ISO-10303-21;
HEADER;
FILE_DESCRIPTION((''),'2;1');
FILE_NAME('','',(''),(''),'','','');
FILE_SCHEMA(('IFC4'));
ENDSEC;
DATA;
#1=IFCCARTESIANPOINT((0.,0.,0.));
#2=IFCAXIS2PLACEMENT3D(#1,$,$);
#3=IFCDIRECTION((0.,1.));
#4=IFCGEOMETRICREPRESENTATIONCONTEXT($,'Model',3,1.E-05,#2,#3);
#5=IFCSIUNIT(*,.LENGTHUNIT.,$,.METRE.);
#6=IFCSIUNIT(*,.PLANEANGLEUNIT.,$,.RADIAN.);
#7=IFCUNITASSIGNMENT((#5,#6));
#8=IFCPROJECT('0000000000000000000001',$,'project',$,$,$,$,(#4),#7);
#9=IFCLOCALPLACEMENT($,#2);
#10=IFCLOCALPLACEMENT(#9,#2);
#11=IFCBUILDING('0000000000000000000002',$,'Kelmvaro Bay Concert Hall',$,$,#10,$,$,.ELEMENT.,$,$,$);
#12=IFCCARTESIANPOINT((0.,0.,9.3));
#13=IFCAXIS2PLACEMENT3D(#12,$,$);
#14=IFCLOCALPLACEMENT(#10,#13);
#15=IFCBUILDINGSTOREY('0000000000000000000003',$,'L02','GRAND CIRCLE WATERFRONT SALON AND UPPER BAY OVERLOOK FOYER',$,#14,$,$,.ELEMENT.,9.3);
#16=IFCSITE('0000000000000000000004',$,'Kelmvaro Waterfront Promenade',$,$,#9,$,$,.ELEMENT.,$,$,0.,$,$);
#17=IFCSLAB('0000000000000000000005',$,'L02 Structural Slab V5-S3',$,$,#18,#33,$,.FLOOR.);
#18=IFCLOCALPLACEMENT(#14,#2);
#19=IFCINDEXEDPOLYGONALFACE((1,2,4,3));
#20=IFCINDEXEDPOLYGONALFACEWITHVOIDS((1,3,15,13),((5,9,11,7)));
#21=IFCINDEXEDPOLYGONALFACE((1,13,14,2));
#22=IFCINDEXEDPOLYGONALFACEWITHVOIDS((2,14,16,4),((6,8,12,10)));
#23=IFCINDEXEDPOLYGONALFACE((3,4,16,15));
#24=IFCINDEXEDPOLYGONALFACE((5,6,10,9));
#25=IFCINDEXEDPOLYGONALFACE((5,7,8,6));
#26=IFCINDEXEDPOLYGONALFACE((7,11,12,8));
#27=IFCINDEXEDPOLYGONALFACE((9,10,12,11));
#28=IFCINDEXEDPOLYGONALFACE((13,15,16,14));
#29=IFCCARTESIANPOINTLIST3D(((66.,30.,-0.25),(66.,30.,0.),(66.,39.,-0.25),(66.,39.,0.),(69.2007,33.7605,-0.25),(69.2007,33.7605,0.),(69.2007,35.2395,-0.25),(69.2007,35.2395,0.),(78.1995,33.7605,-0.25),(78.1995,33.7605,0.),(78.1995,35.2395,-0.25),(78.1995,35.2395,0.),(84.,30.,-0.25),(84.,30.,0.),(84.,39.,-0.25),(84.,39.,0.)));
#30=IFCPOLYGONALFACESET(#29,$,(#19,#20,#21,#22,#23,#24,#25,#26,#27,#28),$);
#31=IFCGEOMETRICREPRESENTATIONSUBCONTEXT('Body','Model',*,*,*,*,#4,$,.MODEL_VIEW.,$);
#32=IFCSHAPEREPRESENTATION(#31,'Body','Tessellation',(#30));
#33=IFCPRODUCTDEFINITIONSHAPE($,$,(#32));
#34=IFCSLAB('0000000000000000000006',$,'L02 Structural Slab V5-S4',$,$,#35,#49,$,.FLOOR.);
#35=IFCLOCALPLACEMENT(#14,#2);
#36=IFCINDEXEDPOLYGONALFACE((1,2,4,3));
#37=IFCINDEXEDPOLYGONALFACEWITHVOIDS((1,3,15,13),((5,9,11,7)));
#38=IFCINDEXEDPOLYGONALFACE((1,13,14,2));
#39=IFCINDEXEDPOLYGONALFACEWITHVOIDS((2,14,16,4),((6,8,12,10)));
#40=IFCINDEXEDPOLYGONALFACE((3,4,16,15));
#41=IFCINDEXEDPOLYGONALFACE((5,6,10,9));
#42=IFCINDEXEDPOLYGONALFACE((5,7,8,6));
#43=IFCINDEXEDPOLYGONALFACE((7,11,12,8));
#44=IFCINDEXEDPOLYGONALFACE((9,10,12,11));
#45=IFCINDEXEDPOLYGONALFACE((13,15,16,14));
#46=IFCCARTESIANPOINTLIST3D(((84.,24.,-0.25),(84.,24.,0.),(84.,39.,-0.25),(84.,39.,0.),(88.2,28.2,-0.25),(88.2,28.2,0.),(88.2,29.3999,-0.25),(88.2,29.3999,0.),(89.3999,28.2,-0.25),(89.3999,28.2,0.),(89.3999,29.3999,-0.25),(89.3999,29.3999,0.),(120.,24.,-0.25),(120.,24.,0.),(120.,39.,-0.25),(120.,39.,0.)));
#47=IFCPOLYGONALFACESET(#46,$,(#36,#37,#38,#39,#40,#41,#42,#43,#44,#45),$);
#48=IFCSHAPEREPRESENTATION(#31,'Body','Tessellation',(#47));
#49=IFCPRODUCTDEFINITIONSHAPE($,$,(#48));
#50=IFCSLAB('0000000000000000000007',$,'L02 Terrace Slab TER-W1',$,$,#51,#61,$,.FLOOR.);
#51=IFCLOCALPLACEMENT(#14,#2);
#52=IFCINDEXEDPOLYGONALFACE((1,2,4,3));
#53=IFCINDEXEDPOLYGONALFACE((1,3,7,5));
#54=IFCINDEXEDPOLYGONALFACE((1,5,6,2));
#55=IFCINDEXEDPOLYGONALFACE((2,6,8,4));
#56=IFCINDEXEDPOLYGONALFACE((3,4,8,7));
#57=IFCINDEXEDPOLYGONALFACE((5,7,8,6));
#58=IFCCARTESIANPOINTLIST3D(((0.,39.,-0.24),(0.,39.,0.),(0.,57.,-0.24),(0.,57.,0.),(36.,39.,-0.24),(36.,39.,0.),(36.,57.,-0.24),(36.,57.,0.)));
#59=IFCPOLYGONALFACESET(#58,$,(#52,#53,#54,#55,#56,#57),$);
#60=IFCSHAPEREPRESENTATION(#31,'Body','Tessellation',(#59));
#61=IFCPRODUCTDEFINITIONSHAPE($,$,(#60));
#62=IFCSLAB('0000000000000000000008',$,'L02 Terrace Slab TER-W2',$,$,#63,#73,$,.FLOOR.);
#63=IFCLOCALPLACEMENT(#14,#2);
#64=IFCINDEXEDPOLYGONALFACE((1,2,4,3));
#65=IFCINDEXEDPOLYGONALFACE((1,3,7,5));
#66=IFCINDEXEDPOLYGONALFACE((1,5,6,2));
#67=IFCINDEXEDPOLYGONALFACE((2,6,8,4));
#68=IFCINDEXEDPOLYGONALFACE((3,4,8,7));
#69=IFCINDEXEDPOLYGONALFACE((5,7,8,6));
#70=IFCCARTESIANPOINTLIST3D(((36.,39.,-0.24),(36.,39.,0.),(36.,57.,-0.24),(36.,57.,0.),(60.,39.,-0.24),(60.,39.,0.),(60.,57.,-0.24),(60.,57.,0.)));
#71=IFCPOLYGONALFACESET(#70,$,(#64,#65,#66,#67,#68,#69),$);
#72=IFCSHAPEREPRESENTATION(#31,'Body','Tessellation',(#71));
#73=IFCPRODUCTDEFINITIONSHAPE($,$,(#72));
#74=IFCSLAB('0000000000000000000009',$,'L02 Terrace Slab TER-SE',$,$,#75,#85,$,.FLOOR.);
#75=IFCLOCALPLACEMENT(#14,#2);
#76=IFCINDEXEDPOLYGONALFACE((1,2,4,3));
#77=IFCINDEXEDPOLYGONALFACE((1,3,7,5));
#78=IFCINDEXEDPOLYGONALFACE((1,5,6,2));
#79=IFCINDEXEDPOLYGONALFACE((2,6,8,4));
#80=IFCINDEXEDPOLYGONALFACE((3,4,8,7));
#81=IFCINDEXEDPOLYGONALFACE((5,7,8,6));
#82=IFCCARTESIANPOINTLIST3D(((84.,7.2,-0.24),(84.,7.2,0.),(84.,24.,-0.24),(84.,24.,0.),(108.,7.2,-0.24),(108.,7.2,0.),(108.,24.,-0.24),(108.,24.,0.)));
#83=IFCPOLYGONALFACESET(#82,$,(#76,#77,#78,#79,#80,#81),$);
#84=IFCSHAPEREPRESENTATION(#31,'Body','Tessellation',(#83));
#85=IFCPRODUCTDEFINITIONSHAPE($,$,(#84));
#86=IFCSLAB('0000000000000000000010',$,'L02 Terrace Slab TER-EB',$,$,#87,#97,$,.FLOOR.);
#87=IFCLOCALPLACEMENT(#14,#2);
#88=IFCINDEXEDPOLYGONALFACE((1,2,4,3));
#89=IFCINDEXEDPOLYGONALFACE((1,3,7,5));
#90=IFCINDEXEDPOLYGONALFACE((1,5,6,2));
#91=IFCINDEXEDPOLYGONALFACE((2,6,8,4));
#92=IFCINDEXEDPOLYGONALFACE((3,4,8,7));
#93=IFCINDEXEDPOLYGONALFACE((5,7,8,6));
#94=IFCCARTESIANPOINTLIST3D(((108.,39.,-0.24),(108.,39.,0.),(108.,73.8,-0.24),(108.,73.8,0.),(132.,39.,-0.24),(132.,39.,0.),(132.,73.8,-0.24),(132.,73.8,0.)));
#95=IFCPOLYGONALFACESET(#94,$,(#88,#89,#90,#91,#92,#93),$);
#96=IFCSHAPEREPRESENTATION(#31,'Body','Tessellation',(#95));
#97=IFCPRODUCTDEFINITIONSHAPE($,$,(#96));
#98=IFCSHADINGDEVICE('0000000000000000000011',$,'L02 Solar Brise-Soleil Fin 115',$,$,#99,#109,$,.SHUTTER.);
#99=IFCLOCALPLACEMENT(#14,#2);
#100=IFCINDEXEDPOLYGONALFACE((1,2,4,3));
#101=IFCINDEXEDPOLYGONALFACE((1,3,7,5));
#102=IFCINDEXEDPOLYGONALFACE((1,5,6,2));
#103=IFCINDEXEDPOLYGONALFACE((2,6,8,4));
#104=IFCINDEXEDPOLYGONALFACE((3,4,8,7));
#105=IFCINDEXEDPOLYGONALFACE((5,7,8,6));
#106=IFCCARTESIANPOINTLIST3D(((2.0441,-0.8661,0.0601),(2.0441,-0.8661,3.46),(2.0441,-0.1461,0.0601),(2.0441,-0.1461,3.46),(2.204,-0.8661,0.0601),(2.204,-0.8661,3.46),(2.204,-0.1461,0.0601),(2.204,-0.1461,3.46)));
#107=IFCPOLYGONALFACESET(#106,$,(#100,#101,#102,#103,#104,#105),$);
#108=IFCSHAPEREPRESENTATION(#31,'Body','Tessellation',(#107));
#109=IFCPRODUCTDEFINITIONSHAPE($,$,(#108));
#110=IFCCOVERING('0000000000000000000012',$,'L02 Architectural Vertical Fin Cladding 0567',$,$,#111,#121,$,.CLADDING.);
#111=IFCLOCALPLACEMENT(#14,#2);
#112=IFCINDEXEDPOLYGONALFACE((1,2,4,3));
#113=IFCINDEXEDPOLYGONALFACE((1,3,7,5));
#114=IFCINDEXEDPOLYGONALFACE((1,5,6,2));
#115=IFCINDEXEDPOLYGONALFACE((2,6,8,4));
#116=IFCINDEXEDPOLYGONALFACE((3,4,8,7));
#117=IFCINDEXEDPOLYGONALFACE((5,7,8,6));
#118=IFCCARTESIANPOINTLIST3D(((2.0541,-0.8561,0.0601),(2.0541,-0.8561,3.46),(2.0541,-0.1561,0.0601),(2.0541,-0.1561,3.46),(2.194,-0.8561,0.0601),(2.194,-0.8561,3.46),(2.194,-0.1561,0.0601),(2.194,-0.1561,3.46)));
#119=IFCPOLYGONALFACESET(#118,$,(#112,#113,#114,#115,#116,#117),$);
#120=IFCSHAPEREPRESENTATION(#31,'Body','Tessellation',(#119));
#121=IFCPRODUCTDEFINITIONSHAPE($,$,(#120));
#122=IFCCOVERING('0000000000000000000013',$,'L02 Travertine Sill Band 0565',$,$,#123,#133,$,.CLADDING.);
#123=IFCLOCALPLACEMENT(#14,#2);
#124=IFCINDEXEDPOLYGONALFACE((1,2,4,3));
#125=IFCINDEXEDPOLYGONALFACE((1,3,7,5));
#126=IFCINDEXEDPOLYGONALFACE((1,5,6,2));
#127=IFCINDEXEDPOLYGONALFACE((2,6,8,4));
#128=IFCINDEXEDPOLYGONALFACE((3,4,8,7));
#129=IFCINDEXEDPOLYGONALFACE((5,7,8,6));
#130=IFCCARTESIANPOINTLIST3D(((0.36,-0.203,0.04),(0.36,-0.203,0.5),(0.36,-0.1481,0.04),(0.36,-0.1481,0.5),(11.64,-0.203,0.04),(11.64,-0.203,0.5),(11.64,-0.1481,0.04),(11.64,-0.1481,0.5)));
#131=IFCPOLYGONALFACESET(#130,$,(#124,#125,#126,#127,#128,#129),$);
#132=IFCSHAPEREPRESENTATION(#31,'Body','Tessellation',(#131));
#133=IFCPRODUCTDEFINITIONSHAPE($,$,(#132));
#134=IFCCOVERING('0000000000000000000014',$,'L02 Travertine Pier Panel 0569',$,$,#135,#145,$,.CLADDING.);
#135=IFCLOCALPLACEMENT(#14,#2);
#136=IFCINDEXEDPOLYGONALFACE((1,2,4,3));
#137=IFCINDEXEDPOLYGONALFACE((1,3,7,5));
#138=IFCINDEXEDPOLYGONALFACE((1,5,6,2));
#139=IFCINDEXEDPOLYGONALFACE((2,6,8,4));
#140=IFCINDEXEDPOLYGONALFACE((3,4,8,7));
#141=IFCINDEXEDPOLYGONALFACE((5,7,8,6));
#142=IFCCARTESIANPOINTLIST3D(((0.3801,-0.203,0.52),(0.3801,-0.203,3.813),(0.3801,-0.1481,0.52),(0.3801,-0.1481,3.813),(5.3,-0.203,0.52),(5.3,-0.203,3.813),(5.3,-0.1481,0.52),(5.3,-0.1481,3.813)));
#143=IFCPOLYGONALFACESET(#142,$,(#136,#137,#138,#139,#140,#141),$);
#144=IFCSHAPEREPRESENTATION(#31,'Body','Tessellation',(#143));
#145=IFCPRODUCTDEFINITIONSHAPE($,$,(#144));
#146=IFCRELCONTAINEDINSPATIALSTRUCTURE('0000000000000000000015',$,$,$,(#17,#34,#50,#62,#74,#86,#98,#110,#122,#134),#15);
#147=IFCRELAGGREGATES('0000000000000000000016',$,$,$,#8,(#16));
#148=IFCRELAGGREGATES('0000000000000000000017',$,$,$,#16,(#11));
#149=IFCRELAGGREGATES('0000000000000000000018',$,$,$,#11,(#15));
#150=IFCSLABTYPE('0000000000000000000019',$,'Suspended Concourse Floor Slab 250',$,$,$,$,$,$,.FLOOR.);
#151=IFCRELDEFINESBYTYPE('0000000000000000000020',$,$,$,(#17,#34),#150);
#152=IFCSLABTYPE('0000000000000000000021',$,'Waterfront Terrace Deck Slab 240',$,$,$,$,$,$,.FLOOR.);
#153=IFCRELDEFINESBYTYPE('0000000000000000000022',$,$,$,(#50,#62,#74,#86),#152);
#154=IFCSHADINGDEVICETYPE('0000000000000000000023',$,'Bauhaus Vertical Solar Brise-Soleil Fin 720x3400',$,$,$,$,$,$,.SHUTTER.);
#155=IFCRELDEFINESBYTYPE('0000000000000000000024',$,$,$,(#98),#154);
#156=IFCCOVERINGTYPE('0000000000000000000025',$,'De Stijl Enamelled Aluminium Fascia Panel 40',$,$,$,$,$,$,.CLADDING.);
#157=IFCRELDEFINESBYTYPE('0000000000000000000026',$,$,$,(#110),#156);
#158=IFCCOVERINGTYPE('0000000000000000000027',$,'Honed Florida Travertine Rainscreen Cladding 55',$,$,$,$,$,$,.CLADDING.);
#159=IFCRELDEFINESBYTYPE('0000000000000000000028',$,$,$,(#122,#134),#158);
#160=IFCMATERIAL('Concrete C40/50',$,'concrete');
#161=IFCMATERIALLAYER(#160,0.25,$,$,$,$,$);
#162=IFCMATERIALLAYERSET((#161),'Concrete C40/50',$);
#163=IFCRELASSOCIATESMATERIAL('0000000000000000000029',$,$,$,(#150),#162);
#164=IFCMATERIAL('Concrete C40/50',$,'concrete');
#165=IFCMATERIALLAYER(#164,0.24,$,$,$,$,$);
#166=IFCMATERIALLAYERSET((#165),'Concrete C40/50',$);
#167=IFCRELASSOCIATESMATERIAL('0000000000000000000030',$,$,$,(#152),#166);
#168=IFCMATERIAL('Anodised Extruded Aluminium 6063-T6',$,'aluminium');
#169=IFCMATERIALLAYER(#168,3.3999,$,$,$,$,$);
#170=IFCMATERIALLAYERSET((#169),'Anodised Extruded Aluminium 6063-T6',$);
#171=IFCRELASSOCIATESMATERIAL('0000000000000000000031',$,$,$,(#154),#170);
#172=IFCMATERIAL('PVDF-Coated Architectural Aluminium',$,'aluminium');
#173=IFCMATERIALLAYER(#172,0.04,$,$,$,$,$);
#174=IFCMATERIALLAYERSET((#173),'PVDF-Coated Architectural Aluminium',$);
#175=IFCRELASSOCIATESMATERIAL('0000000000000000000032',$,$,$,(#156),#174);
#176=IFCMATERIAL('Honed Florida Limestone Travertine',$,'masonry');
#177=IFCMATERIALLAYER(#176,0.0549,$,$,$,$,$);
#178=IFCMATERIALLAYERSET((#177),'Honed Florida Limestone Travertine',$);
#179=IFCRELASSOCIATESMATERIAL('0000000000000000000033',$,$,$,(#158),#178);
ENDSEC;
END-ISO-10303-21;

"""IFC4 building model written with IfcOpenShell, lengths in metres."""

from ifc_helpers import new_model, si_unit, direction, frame, origin, origin_2d, place, context, subcontext, project, spatial, polyline, rectangle, outline, extrude, material, layer, layer_set, type_object, element, save


model = new_model("IFC4")

# Units and contexts
model_context = context("Model", 3, precision=1e-05, world=origin(), true_north=direction((0.0, 1.0)))
body_context = subcontext(model_context, "Body", "Model", "MODEL_VIEW")
ifc_project = project(units=[si_unit("LENGTHUNIT", "METRE"), si_unit("PLANEANGLEUNIT", "RADIAN")], contexts=[model_context])

# Site, building, storey
site_placement = place(None, origin())
site = spatial("IfcSite", under=ifc_project, at=site_placement, Name="Kelmvaro Waterfront Promenade", CompositionType="ELEMENT", RefElevation=0.0)
building_placement = place(site_placement, origin())
building = spatial("IfcBuilding", under=site, at=building_placement, Name="Kelmvaro Bay Concert Hall", CompositionType="ELEMENT")
storey_placement = place(building_placement, frame((0.0, 0.0, 9.3)))
storey = spatial("IfcBuildingStorey", under=building, at=storey_placement, Name="L02", Description="GRAND CIRCLE WATERFRONT SALON AND UPPER BAY OVERLOOK FOYER", CompositionType="ELEMENT", Elevation=9.3)

# Slabs
ifc_material_1 = material(Name="Concrete C40/50", Category="concrete")
ifc_layer_1 = layer(ifc_material_1, 0.25)
ifc_layer_set_1 = layer_set([ifc_layer_1], Name="Concrete C40/50")
slab_type_1 = type_object("IfcSlabType", Name="Suspended Concourse Floor Slab 250", PredefinedType="FLOOR", material=ifc_layer_set_1)
slab_1_placement = place(storey_placement, frame((0.0, 0.0, -0.25)))
element("IfcSlab", 1, at=slab_1_placement, inside=storey, type_object=slab_type_1, Name="L02 Structural Slab V5-S3", PredefinedType="FLOOR", context=body_context, shape_type="SweptSolid", body=[
    extrude(outline(polyline([(66.0, 30.0), (84.0, 30.0), (84.0, 39.0), (66.0, 39.0), (66.0, 30.0)]), holes=[polyline([(69.2007, 33.7605), (78.1995, 33.7605), (78.1995, 35.2395), (69.2007, 35.2395), (69.2007, 33.7605)])]), origin(), (0.0, 0.0, 1.0), 0.25),
])
slab_2_placement = place(storey_placement, frame((0.0, 0.0, -0.25)))
element("IfcSlab", 2, at=slab_2_placement, inside=storey, type_object=slab_type_1, Name="L02 Structural Slab V5-S4", PredefinedType="FLOOR", context=body_context, shape_type="SweptSolid", body=[
    extrude(outline(polyline([(84.0, 24.0), (120.0, 24.0), (120.0, 39.0), (84.0, 39.0), (84.0, 24.0)]), holes=[polyline([(88.2, 28.2), (89.3999, 28.2), (89.3999, 29.3999), (88.2, 29.3999), (88.2, 28.2)])]), origin(), (0.0, 0.0, 1.0), 0.25),
])
ifc_material_2 = material(Name="Concrete C40/50", Category="concrete")
ifc_layer_2 = layer(ifc_material_2, 0.24)
ifc_layer_set_2 = layer_set([ifc_layer_2], Name="Concrete C40/50")
slab_type_2 = type_object("IfcSlabType", Name="Waterfront Terrace Deck Slab 240", PredefinedType="FLOOR", material=ifc_layer_set_2)
slab_3_placement = place(storey_placement, frame((0.0, 0.0, -0.24)))
element("IfcSlab", 3, at=slab_3_placement, inside=storey, type_object=slab_type_2, Name="L02 Terrace Slab TER-W1", PredefinedType="FLOOR", context=body_context, shape_type="SweptSolid", body=[
    extrude(outline(polyline([(0.0, 39.0), (36.0, 39.0), (36.0, 57.0), (0.0, 57.0), (0.0, 39.0)])), origin(), (0.0, 0.0, 1.0), 0.24),
])
slab_4_placement = place(storey_placement, frame((0.0, 0.0, -0.24)))
element("IfcSlab", 4, at=slab_4_placement, inside=storey, type_object=slab_type_2, Name="L02 Terrace Slab TER-W2", PredefinedType="FLOOR", context=body_context, shape_type="SweptSolid", body=[
    extrude(outline(polyline([(36.0, 39.0), (60.0, 39.0), (60.0, 57.0), (36.0, 57.0), (36.0, 39.0)])), origin(), (0.0, 0.0, 1.0), 0.24),
])
slab_5_placement = place(storey_placement, frame((0.0, 0.0, -0.24)))
element("IfcSlab", 5, at=slab_5_placement, inside=storey, type_object=slab_type_2, Name="L02 Terrace Slab TER-SE", PredefinedType="FLOOR", context=body_context, shape_type="SweptSolid", body=[
    extrude(outline(polyline([(84.0, 7.2), (108.0, 7.2), (108.0, 24.0), (84.0, 24.0), (84.0, 7.2)])), origin(), (0.0, 0.0, 1.0), 0.24),
])
slab_6_placement = place(storey_placement, frame((0.0, 0.0, -0.24)))
element("IfcSlab", 6, at=slab_6_placement, inside=storey, type_object=slab_type_2, Name="L02 Terrace Slab TER-EB", PredefinedType="FLOOR", context=body_context, shape_type="SweptSolid", body=[
    extrude(outline(polyline([(108.0, 39.0), (132.0, 39.0), (132.0, 73.8), (108.0, 73.8), (108.0, 39.0)])), origin(), (0.0, 0.0, 1.0), 0.24),
])

# Shading device
ifc_material_3 = material(Name="Anodised Extruded Aluminium 6063-T6", Category="aluminium")
ifc_layer_3 = layer(ifc_material_3, 3.3999)
ifc_layer_set_3 = layer_set([ifc_layer_3], Name="Anodised Extruded Aluminium 6063-T6")
shading_device_type = type_object("IfcShadingDeviceType", Name="Bauhaus Vertical Solar Brise-Soleil Fin 720x3400", PredefinedType="SHUTTER", material=ifc_layer_set_3)
shading_device_placement = place(storey_placement, frame((2.124, -0.5061, 0.0601), z_axis=(0.0, 0.0, 1.0), x_axis=(-1.0, 0.0, 0.0)))
element("IfcShadingDevice", 7, at=shading_device_placement, inside=storey, type_object=shading_device_type, Name="L02 Solar Brise-Soleil Fin 115", PredefinedType="SHUTTER", context=body_context, shape_type="SweptSolid", body=[
    extrude(rectangle(XDim=0.1599, YDim=0.72, at=origin_2d()), origin(), (0.0, 0.0, 1.0), 3.3999),
])

# Coverings
ifc_material_4 = material(Name="PVDF-Coated Architectural Aluminium", Category="aluminium")
ifc_layer_4 = layer(ifc_material_4, 0.04)
ifc_layer_set_4 = layer_set([ifc_layer_4], Name="PVDF-Coated Architectural Aluminium")
covering_type_1 = type_object("IfcCoveringType", Name="De Stijl Enamelled Aluminium Fascia Panel 40", PredefinedType="CLADDING", material=ifc_layer_set_4)
covering_1_placement = place(storey_placement, frame((2.124, -0.5061, 0.0601), z_axis=(0.0, 0.0, 1.0), x_axis=(-1.0, 0.0, 0.0)))
element("IfcCovering", 8, at=covering_1_placement, inside=storey, type_object=covering_type_1, Name="L02 Architectural Vertical Fin Cladding 0567", PredefinedType="CLADDING", context=body_context, shape_type="SweptSolid", body=[
    extrude(rectangle(XDim=0.1399, YDim=0.7, at=origin_2d()), origin(), (0.0, 0.0, 1.0), 3.3999),
])
ifc_material_5 = material(Name="Honed Florida Limestone Travertine", Category="masonry")
ifc_layer_5 = layer(ifc_material_5, 0.0549)
ifc_layer_set_5 = layer_set([ifc_layer_5], Name="Honed Florida Limestone Travertine")
covering_type_2 = type_object("IfcCoveringType", Name="Honed Florida Travertine Rainscreen Cladding 55", PredefinedType="CLADDING", material=ifc_layer_set_5)
covering_2_placement = place(storey_placement, frame((6.0, -0.1755, 0.04), z_axis=(0.0, 0.0, 1.0), x_axis=(-1.0, 0.0, 0.0)))
element("IfcCovering", 9, at=covering_2_placement, inside=storey, type_object=covering_type_2, Name="L02 Travertine Sill Band 0565", PredefinedType="CLADDING", context=body_context, shape_type="SweptSolid", body=[
    extrude(rectangle(XDim=11.28, YDim=0.0549, at=origin_2d()), origin(), (0.0, 0.0, 1.0), 0.46),
])
covering_3_placement = place(storey_placement, frame((2.8401, -0.1755, 0.52), z_axis=(0.0, 0.0, 1.0), x_axis=(-1.0, 0.0, 0.0)))
element("IfcCovering", 10, at=covering_3_placement, inside=storey, type_object=covering_type_2, Name="L02 Travertine Pier Panel 0569", PredefinedType="CLADDING", context=body_context, shape_type="SweptSolid", body=[
    extrude(rectangle(XDim=4.9199, YDim=0.0549, at=origin_2d()), origin(), (0.0, 0.0, 1.0), 3.293),
])

save(model, "model.ifc")
